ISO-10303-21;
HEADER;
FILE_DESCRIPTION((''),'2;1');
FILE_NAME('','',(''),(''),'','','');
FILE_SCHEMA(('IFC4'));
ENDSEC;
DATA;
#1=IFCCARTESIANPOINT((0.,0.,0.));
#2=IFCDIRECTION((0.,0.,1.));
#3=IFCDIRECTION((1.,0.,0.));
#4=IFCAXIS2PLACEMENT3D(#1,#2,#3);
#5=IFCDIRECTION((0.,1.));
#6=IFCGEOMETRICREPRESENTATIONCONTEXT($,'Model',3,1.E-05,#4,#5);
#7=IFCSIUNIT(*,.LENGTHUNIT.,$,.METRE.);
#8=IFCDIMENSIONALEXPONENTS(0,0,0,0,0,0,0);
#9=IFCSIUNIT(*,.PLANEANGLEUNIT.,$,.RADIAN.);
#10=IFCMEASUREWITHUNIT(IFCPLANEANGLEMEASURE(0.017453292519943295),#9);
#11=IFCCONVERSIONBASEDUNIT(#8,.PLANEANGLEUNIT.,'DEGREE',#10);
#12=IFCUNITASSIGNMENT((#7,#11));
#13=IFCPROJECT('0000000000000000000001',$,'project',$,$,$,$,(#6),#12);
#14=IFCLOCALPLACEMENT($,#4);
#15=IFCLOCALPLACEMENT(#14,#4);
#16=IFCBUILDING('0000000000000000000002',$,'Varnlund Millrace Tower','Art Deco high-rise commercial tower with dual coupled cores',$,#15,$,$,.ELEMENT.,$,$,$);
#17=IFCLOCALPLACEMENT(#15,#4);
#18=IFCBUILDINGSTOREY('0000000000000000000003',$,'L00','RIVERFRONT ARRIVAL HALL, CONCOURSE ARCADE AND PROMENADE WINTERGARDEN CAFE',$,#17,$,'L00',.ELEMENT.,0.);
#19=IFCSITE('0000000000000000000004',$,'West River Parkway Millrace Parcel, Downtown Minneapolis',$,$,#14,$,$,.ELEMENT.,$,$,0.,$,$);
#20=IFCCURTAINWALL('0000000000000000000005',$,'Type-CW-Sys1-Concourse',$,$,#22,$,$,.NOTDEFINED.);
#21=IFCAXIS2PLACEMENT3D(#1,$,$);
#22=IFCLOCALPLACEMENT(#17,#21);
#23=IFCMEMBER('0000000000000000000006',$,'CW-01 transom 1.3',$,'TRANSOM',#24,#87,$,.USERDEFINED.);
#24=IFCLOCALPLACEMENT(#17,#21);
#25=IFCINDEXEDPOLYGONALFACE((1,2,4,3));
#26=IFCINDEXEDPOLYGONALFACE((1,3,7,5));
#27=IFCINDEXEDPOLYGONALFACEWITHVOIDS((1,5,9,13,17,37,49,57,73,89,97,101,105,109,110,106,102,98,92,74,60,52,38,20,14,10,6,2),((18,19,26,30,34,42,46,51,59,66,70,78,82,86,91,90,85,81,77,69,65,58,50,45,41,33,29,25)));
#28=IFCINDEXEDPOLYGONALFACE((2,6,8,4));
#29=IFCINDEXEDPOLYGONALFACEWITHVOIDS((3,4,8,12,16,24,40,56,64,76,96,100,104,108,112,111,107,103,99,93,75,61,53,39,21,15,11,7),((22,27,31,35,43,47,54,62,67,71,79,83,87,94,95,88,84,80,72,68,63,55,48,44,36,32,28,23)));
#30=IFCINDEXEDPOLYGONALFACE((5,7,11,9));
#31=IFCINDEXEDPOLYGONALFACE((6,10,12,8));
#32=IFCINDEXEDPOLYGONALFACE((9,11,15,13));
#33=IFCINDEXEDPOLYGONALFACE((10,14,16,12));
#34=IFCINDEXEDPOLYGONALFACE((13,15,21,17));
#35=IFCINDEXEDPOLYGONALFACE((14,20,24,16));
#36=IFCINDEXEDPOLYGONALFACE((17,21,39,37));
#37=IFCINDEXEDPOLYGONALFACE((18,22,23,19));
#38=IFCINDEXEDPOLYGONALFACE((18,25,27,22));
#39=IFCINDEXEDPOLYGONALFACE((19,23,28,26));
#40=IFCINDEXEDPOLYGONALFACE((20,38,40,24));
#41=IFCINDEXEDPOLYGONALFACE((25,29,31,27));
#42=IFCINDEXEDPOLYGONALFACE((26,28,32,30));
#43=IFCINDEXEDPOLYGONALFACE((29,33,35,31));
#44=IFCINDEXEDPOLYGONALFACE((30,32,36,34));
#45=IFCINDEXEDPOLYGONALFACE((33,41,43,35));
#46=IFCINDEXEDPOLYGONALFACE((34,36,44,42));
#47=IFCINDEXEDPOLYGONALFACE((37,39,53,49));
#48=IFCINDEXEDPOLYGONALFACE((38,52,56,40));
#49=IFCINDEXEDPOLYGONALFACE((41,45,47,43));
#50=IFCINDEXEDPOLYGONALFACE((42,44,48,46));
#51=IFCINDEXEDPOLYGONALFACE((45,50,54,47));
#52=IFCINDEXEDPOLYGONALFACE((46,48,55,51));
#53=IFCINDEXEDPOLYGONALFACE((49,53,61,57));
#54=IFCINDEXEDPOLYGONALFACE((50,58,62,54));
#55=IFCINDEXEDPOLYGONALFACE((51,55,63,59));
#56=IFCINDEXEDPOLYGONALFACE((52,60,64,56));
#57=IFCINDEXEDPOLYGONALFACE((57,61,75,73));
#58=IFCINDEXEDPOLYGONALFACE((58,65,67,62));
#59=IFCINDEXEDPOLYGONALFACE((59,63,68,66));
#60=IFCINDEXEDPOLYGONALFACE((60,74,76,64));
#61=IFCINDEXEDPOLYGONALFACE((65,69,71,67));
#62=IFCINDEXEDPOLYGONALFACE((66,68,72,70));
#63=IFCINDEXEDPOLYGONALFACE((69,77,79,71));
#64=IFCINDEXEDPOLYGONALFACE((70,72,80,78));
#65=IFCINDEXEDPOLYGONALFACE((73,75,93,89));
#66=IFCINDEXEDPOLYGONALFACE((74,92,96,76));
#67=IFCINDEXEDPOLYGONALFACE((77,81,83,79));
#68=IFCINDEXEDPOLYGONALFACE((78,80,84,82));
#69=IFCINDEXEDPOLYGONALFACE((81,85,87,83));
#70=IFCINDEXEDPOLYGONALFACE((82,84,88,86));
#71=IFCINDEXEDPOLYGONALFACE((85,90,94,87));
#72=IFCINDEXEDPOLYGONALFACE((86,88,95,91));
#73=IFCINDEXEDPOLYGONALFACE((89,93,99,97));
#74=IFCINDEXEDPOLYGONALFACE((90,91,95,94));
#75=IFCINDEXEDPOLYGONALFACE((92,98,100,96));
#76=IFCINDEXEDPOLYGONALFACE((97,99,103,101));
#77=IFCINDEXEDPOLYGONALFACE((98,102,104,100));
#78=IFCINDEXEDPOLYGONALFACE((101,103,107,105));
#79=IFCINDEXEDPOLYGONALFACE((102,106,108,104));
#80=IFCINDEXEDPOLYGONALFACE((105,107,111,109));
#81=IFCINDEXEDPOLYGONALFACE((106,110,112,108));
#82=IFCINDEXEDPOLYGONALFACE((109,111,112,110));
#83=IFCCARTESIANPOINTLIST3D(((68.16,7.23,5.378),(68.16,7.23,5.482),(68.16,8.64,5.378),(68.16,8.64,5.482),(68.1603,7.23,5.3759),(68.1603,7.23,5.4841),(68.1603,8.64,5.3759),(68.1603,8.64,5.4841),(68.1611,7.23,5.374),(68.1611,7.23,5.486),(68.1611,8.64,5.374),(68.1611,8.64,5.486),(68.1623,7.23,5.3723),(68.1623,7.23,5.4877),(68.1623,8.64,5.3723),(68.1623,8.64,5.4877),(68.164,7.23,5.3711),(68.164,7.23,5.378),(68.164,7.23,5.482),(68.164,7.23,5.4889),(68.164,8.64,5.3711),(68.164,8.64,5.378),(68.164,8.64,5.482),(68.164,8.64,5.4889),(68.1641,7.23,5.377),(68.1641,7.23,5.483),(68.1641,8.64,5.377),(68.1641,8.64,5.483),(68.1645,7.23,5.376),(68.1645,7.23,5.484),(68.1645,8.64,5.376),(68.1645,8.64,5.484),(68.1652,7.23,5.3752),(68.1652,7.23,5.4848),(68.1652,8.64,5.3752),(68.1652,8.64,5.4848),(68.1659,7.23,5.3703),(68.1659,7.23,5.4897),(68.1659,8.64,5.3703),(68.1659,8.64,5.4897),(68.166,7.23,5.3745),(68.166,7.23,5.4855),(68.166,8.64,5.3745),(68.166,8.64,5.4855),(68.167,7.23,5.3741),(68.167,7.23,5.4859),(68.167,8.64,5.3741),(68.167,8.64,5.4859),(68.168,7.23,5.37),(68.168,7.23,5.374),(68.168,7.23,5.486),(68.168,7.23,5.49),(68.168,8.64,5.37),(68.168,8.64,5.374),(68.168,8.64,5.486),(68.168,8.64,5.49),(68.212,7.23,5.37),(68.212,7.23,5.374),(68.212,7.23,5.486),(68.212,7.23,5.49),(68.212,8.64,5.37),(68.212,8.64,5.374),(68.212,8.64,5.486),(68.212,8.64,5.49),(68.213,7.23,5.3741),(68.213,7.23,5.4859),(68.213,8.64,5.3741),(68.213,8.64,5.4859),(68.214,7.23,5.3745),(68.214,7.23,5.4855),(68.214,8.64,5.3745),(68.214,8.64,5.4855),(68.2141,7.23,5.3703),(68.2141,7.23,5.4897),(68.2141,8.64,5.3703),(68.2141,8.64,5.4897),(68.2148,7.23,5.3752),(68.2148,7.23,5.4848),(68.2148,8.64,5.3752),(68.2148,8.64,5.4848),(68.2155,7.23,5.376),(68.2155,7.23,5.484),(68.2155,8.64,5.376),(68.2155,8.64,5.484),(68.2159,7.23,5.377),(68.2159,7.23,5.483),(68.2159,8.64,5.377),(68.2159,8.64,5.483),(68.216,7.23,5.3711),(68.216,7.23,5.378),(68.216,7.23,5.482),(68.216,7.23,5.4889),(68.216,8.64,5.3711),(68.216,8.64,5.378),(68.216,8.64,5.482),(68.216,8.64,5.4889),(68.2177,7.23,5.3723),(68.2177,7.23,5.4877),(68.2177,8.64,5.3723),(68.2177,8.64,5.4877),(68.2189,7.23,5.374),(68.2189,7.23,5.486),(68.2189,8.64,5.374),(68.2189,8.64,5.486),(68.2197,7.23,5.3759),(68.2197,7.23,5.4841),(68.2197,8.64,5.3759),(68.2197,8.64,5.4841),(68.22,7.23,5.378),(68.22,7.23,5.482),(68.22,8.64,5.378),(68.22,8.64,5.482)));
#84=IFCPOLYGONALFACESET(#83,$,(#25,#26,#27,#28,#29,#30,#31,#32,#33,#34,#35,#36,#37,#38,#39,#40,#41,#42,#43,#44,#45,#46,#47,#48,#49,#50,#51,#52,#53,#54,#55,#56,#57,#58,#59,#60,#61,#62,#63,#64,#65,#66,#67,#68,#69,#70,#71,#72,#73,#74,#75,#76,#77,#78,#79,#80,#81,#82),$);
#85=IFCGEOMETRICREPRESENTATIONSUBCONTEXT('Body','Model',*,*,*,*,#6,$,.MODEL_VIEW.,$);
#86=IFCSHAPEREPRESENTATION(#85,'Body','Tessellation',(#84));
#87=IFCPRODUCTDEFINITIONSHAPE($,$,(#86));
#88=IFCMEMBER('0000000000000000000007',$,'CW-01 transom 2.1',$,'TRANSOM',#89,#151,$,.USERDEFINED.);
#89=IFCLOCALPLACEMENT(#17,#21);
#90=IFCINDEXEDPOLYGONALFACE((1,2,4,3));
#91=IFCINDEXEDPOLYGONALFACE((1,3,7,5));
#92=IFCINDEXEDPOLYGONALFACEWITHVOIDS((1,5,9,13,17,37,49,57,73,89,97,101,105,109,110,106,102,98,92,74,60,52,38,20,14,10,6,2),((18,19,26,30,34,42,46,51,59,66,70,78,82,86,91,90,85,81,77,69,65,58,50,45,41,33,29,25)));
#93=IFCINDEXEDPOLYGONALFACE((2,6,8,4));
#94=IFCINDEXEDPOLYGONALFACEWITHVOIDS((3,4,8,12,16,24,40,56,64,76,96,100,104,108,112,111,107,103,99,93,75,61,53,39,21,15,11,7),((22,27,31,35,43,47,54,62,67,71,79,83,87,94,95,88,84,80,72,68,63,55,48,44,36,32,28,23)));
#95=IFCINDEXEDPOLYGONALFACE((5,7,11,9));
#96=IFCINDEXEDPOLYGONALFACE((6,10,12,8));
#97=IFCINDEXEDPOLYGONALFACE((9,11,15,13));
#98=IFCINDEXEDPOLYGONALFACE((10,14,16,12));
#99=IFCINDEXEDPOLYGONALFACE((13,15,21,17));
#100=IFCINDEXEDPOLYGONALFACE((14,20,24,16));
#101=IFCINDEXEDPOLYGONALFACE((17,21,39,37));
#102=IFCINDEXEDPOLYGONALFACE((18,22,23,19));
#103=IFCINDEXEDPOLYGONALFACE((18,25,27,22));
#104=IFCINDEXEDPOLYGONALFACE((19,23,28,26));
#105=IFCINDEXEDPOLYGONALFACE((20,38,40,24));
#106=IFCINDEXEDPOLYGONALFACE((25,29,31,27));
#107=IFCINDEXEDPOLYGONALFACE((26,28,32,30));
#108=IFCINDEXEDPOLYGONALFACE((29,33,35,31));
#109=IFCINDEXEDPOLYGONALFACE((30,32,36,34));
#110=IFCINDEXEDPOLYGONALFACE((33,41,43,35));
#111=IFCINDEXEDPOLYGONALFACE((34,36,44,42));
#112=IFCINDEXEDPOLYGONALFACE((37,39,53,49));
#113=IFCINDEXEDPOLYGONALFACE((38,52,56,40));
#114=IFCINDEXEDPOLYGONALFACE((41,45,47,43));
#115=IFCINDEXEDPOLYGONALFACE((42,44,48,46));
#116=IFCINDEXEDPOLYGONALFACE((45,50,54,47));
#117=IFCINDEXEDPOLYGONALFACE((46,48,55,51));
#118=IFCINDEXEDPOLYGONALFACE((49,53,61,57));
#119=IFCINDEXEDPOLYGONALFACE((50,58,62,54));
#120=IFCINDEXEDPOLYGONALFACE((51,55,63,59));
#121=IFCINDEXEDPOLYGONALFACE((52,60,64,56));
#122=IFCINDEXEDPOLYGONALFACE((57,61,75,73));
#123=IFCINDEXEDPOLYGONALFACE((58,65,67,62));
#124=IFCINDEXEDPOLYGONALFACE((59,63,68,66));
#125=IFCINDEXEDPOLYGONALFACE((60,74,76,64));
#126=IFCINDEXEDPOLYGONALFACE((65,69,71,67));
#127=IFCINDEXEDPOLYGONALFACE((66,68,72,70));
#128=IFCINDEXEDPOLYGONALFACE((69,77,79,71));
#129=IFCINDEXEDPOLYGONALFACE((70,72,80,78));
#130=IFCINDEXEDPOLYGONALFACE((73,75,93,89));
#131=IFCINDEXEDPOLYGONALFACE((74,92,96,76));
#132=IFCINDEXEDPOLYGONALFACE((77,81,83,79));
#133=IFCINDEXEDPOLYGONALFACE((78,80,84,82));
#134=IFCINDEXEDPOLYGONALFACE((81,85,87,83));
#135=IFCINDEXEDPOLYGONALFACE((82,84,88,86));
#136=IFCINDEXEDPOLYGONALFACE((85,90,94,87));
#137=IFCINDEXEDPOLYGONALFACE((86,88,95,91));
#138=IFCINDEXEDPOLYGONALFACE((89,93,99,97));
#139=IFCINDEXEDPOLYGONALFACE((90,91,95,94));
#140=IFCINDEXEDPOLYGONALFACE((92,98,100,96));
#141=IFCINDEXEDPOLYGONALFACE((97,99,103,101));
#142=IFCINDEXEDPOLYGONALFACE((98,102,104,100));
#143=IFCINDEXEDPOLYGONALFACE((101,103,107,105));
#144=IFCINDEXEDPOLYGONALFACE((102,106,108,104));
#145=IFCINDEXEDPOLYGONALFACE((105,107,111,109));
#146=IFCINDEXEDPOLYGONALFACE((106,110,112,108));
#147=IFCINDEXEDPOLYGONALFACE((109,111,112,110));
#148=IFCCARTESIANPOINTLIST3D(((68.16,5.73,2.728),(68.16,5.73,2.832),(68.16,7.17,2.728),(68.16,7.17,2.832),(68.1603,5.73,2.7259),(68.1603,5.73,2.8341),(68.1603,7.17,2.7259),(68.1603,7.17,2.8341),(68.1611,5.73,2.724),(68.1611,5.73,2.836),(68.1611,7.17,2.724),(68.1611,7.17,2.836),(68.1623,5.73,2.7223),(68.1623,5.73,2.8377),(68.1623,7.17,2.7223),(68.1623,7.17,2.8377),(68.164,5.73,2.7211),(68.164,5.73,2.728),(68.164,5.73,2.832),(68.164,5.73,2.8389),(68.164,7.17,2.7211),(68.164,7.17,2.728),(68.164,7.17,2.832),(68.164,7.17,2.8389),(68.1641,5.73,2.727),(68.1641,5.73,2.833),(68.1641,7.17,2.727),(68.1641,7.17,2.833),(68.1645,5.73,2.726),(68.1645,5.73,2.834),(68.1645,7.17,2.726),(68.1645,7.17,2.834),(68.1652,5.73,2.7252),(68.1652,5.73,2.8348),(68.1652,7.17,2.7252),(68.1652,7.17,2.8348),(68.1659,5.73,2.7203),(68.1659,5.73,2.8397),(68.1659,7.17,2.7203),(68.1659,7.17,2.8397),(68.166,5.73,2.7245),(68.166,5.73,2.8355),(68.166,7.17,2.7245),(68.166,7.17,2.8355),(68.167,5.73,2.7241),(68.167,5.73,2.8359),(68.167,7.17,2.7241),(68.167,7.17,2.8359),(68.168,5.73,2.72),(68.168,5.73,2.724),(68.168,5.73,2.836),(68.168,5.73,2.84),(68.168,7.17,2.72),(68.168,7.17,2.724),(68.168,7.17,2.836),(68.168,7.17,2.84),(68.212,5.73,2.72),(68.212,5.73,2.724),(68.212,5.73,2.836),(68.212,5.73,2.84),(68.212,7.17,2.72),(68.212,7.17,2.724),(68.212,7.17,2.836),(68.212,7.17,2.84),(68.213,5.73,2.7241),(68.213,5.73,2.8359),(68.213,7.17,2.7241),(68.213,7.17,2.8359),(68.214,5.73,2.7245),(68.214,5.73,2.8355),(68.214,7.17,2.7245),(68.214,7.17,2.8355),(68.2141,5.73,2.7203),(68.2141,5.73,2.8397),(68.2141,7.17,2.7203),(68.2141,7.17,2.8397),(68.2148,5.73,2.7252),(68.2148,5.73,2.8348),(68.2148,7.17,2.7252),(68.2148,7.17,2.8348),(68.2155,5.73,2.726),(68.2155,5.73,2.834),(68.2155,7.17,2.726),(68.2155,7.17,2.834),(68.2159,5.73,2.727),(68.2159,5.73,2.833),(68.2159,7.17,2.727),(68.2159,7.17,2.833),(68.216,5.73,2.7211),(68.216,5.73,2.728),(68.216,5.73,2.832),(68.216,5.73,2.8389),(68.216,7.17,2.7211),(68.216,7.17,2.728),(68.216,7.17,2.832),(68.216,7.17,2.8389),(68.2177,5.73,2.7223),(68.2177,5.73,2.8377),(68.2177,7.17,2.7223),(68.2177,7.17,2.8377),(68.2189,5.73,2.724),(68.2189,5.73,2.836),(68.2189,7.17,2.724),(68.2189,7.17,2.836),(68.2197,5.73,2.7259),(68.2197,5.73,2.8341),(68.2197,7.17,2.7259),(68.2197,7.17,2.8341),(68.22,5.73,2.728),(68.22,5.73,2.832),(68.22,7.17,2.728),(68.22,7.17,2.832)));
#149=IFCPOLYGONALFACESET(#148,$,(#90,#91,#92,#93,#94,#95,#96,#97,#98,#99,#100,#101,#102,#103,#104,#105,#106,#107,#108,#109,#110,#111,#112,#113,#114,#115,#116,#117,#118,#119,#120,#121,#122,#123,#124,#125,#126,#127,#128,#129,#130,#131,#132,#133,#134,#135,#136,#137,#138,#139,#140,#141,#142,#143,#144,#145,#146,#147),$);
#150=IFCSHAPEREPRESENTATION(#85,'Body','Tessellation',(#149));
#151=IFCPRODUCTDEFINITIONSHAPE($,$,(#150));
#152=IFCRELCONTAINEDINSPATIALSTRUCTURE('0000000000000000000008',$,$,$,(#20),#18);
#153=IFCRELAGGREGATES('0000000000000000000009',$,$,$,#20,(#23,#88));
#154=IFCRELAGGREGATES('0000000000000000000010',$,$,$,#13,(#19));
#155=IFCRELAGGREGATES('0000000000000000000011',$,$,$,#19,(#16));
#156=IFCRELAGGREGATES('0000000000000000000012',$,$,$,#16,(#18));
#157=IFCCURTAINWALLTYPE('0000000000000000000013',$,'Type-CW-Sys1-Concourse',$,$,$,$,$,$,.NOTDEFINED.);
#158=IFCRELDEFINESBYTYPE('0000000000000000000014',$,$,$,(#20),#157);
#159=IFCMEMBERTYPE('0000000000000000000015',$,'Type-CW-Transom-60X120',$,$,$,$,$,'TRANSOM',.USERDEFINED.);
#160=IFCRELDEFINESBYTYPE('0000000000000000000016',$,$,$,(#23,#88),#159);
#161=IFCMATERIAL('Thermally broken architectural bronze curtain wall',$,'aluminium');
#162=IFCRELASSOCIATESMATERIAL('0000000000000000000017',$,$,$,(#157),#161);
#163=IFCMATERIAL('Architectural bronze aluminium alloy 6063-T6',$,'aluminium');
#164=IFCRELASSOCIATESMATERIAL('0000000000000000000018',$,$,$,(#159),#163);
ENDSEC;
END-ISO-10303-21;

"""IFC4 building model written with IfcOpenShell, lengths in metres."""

from ifc_helpers import new_model, entity, si_unit, converted_unit, direction, frame, origin_with_axes, origin_2d_with_axis, place, context, subcontext, project, spatial, hollow_rectangle, extrude, material, material_profile, profile_set, type_object, element, aggregate, save


model = new_model("IFC4")

# Units and contexts
model_context = context("Model", 3, precision=1e-05, world=origin_with_axes(), true_north=direction((0.0, 1.0)))
body_context = subcontext(model_context, "Body", "Model", "MODEL_VIEW")
ifc_project = project(units=[si_unit("LENGTHUNIT", "METRE"), converted_unit("PLANEANGLEUNIT", "DEGREE", entity("IfcPlaneAngleMeasure", 0.017453292519943295), si_unit("PLANEANGLEUNIT", "RADIAN"), dimensions=[0, 0, 0, 0, 0, 0, 0])], contexts=[model_context])

# Site, building, storey
site_placement = place(None, origin_with_axes())
site = spatial("IfcSite", under=ifc_project, at=site_placement, Name="West River Parkway Millrace Parcel, Downtown Minneapolis", CompositionType="ELEMENT", RefElevation=0.0)
building_placement = place(site_placement, origin_with_axes())
building = spatial("IfcBuilding", under=site, at=building_placement, Name="Varnlund Millrace Tower", Description="Art Deco high-rise commercial tower with dual coupled cores", CompositionType="ELEMENT")
storey_placement = place(building_placement, origin_with_axes())
storey = spatial("IfcBuildingStorey", under=building, at=storey_placement, Name="L00", Description="RIVERFRONT ARRIVAL HALL, CONCOURSE ARCADE AND PROMENADE WINTERGARDEN CAFE", LongName="L00", CompositionType="ELEMENT", Elevation=0.0)

# Curtain wall, members
ifc_material_1 = material(Name="Thermally broken architectural bronze curtain wall", Category="aluminium")
curtain_wall_type = type_object("IfcCurtainWallType", Name="Type-CW-Sys1-Concourse", PredefinedType="NOTDEFINED", material=ifc_material_1)
curtain_wall_placement = place(storey_placement, frame((68.19, 8.7, 2.75), z_axis=(0.0, 0.0, 1.0), x_axis=(1.0, 0.0, 0.0)))
curtain_wall = element("IfcCurtainWall", 1, at=curtain_wall_placement, inside=storey, type_object=curtain_wall_type, Name="Type-CW-Sys1-Concourse", PredefinedType="NOTDEFINED")
ifc_material_2 = material(Name="Architectural bronze aluminium alloy 6063-T6", Category="aluminium")
ifc_material_profile_1 = material_profile(ifc_material_2, hollow_rectangle(XDim=0.06, YDim=0.12, WallThickness=0.004, InnerFilletRadius=0.004, OuterFilletRadius=0.008, at=origin_2d_with_axis()), Name="Architectural bronze aluminium alloy 6063-T6")
ifc_profile_set_1 = profile_set([ifc_material_profile_1], Name="Architectural bronze aluminium alloy 6063-T6")
member_type_1 = type_object("IfcMemberType", Name="Type-CW-Transom-60X120", ElementType="TRANSOM", PredefinedType="USERDEFINED", material=ifc_profile_set_1)
member_1_placement = place(storey_placement, frame((68.19, 8.64, 5.43), z_axis=(0.0, -1.0, 0.0), x_axis=(1.0, 0.0, 0.0)))
member_1 = element("IfcMember", 2, at=member_1_placement, type_object=member_type_1, Name="CW-01 transom 1.3", ObjectType="TRANSOM", PredefinedType="USERDEFINED", context=body_context, shape_type="SweptSolid", body=[
    extrude(hollow_rectangle(XDim=0.06, YDim=0.12, WallThickness=0.004, InnerFilletRadius=0.004, OuterFilletRadius=0.008, at=origin_2d_with_axis()), origin_with_axes(), (0.0, 0.0, 1.0), 1.41),
])
member_2_placement = place(storey_placement, frame((68.19, 7.17, 2.78), z_axis=(0.0, -1.0, 0.0), x_axis=(1.0, 0.0, 0.0)))
member_2 = element("IfcMember", 3, at=member_2_placement, type_object=member_type_1, Name="CW-01 transom 2.1", ObjectType="TRANSOM", PredefinedType="USERDEFINED", context=body_context, shape_type="SweptSolid", body=[
    extrude(hollow_rectangle(XDim=0.06, YDim=0.12, WallThickness=0.004, InnerFilletRadius=0.004, OuterFilletRadius=0.008, at=origin_2d_with_axis()), origin_with_axes(), (0.0, 0.0, 1.0), 1.44),
])

aggregate(curtain_wall, [member_1, member_2])

save(model, "model.ifc")
